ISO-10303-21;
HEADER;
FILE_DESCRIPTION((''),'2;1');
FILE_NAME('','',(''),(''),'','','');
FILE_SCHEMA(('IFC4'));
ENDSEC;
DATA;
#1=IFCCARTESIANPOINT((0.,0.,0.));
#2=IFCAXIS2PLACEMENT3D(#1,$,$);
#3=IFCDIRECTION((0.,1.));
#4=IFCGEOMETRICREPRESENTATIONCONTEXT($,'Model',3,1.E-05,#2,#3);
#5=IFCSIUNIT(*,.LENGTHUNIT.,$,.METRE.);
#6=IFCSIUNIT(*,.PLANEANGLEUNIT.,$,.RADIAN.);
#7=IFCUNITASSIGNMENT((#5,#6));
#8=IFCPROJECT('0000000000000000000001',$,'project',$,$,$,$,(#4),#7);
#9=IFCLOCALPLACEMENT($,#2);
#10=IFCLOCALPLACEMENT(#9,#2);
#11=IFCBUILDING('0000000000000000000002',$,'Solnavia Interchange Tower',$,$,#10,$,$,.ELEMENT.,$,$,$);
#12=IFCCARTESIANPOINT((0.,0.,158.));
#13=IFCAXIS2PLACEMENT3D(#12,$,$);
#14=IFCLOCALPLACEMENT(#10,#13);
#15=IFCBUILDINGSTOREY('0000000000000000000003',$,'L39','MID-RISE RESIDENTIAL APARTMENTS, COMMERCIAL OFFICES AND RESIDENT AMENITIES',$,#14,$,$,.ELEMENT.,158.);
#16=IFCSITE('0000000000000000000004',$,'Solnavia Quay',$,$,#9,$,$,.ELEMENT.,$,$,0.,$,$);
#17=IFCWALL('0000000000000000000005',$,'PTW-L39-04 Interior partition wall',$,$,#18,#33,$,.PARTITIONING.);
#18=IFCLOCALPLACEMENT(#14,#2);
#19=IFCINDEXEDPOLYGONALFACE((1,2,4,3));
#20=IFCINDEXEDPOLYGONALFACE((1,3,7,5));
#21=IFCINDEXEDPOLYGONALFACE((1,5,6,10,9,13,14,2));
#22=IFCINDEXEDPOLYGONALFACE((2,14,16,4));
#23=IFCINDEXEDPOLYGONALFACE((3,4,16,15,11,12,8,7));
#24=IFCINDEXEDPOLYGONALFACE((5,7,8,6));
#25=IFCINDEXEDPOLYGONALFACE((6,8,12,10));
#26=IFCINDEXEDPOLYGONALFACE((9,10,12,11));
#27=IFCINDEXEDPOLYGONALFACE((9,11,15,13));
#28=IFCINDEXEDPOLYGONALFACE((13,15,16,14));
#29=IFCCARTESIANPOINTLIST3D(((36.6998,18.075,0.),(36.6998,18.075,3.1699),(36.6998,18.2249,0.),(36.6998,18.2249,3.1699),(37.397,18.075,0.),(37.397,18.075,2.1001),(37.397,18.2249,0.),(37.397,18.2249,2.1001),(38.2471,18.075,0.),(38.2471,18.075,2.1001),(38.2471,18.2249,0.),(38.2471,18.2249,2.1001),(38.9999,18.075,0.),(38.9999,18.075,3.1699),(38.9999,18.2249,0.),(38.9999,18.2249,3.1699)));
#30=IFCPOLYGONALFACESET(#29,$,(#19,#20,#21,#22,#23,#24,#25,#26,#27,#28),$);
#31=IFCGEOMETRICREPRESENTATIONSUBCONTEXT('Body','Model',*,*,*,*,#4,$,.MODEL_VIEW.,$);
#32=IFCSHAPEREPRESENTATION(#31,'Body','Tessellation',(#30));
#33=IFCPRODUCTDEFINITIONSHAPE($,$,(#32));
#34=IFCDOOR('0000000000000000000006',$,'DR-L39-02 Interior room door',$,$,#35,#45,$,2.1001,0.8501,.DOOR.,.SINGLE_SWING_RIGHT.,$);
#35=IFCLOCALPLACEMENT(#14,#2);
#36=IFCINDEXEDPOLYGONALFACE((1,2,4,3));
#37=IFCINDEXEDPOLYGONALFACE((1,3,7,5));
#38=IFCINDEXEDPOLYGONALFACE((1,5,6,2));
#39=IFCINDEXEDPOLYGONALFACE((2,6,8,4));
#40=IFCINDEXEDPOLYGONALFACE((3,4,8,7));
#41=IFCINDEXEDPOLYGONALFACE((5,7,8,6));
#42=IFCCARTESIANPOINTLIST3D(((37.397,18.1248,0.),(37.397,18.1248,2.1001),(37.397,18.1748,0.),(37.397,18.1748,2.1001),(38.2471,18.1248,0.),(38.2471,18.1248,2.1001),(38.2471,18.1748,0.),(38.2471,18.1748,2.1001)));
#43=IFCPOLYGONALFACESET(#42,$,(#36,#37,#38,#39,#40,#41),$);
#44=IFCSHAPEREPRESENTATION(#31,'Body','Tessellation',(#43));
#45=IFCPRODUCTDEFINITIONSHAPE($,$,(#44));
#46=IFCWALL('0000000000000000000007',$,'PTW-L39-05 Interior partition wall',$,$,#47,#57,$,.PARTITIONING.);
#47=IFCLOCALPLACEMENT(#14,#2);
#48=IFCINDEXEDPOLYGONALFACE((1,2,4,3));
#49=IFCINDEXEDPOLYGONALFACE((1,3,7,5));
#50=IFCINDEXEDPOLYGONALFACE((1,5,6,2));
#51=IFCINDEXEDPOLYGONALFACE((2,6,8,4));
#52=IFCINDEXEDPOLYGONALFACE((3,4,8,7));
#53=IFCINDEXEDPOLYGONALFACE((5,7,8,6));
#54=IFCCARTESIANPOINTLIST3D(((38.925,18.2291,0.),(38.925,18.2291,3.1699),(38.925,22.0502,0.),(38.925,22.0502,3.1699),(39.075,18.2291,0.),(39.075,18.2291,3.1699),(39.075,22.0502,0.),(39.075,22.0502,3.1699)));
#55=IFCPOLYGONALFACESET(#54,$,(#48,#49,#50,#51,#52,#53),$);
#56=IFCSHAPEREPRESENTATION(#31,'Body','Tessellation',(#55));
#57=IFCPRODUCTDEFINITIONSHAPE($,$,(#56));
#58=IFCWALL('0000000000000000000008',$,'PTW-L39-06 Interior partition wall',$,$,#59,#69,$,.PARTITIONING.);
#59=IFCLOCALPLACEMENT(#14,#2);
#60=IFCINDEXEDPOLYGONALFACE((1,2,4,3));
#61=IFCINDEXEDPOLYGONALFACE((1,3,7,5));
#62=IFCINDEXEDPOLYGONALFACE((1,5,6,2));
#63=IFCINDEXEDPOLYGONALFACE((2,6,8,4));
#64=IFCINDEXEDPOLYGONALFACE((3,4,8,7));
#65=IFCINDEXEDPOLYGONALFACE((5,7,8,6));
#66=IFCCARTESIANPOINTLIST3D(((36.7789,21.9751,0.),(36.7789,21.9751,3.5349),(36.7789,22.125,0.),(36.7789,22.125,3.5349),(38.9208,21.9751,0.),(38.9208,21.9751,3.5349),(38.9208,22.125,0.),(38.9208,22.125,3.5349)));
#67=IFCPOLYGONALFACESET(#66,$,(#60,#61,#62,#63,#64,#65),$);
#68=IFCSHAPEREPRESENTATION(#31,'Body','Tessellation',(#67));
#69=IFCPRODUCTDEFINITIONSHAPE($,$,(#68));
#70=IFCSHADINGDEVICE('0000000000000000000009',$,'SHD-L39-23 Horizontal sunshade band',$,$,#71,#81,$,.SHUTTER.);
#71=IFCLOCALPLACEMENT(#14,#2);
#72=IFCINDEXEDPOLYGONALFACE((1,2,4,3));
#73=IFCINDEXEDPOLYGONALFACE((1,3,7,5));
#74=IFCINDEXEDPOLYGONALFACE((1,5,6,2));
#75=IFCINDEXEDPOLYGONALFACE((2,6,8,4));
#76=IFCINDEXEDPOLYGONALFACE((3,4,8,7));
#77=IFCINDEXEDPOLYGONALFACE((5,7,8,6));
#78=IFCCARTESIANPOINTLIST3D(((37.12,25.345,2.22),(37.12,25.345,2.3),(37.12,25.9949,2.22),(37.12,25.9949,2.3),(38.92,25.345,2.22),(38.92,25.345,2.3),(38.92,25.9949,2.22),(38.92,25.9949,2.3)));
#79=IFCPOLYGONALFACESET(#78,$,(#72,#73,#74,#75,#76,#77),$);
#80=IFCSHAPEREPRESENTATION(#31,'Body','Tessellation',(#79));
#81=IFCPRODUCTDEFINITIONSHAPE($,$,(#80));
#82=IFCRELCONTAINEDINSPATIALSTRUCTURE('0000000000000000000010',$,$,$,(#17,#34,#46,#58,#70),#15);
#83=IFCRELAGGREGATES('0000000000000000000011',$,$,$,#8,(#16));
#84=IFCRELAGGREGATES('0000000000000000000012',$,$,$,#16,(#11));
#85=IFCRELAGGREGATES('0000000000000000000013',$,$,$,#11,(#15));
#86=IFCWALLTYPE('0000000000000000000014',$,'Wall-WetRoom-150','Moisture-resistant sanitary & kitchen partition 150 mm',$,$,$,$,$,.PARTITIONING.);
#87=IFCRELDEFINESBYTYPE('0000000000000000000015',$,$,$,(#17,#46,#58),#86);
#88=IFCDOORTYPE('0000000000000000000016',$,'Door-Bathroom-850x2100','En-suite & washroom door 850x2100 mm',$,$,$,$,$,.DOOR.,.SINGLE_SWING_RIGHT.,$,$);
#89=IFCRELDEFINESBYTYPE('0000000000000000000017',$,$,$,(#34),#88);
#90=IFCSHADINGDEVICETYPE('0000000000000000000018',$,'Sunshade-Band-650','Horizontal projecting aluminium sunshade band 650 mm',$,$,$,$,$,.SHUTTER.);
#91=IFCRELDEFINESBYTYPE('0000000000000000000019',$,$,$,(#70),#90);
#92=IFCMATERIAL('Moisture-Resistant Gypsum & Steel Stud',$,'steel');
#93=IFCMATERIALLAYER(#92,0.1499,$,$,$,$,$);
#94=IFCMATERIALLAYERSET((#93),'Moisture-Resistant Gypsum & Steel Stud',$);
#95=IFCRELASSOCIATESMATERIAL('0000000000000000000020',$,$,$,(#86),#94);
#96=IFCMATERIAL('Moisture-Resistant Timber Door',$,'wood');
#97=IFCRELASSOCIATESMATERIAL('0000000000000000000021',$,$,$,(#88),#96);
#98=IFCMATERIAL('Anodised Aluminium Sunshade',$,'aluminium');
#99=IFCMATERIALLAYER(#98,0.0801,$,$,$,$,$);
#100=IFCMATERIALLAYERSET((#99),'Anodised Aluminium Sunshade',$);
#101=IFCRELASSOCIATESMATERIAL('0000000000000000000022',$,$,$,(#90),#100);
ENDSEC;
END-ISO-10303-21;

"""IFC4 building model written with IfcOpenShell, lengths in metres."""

from ifc_helpers import new_model, si_unit, direction, frame, frame_2d, origin, origin_2d, place, context, subcontext, project, spatial, rectangle, extrude, material, layer, layer_set, type_object, element, fill, save


model = new_model("IFC4")

# Units and contexts
model_context = context("Model", 3, precision=1e-05, world=origin(), true_north=direction((0.0, 1.0)))
body_context = subcontext(model_context, "Body", "Model", "MODEL_VIEW")
ifc_project = project(units=[si_unit("LENGTHUNIT", "METRE"), si_unit("PLANEANGLEUNIT", "RADIAN")], contexts=[model_context])

# Site, building, storey
site_placement = place(None, origin())
site = spatial("IfcSite", under=ifc_project, at=site_placement, Name="Solnavia Quay", CompositionType="ELEMENT", RefElevation=0.0)
building_placement = place(site_placement, origin())
building = spatial("IfcBuilding", under=site, at=building_placement, Name="Solnavia Interchange Tower", CompositionType="ELEMENT")
storey_placement = place(building_placement, frame((0.0, 0.0, 158.0)))
storey = spatial("IfcBuildingStorey", under=building, at=storey_placement, Name="L39", Description="MID-RISE RESIDENTIAL APARTMENTS, COMMERCIAL OFFICES AND RESIDENT AMENITIES", CompositionType="ELEMENT", Elevation=158.0)

# Shared definitions
ifc_material_1 = material(Name="Moisture-Resistant Gypsum & Steel Stud", Category="steel")
ifc_layer_1 = layer(ifc_material_1, 0.1499)
ifc_layer_set_1 = layer_set([ifc_layer_1], Name="Moisture-Resistant Gypsum & Steel Stud")
wall_type_1 = type_object("IfcWallType", Name="Wall-WetRoom-150", Description="Moisture-resistant sanitary & kitchen partition 150 mm", PredefinedType="PARTITIONING", material=ifc_layer_set_1)

# Wall, opening, door
wall_1_placement = place(storey_placement, frame((36.7, 18.1499, 0.0), z_axis=(0.0, 0.0, 1.0), x_axis=(1.0, 0.0, 0.0)))
wall_1 = element("IfcWall", 1, at=wall_1_placement, inside=storey, type_object=wall_type_1, Name="PTW-L39-04 Interior partition wall", PredefinedType="PARTITIONING", context=body_context, shape_type="SweptSolid", body=[
    extrude(rectangle(XDim=2.3, YDim=0.1499, at=frame_2d((1.1499, 0.0))), origin(), (0.0, 0.0, 1.0), 3.1699),
])
opening_1_placement = place(wall_1_placement, frame((0.697, 0.0, 0.0)))
opening_1 = element("IfcOpeningElement", 2, at=opening_1_placement, cuts=wall_1, PredefinedType="OPENING", context=body_context, shape_type="SweptSolid", body=[
    extrude(rectangle(XDim=0.8501, YDim=2.1001, at=frame_2d((0.425, 1.05))), frame((0.0, 0.085, 0.0), z_axis=(0.0, -1.0, 0.0), x_axis=(1.0, 0.0, 0.0)), (0.0, 0.0, 1.0), 0.1699),
])
ifc_material_2 = material(Name="Moisture-Resistant Timber Door", Category="wood")
door_type_1 = type_object("IfcDoorType", Name="Door-Bathroom-850x2100", Description="En-suite & washroom door 850x2100 mm", OperationType="SINGLE_SWING_RIGHT", PredefinedType="DOOR", material=ifc_material_2)
door_1_placement = place(opening_1_placement, origin())
door_1 = element("IfcDoor", 3, at=door_1_placement, inside=storey, type_object=door_type_1, Name="DR-L39-02 Interior room door", OperationType="SINGLE_SWING_RIGHT", OverallHeight=2.1001, OverallWidth=0.8501, PredefinedType="DOOR", context=body_context, shape_type="SweptSolid", body=[
    extrude(rectangle(XDim=0.8501, YDim=2.1001, at=frame_2d((0.425, 1.05))), frame((0.0, 0.0249, 0.0), z_axis=(0.0, -1.0, 0.0), x_axis=(1.0, 0.0, 0.0)), (0.0, 0.0, 1.0), 0.05),
])
fill(opening_1, door_1)

# Walls
wall_2_placement = place(storey_placement, frame((39.0, 18.229, 0.0), z_axis=(0.0, 0.0, 1.0), x_axis=(0.0, 1.0, 0.0)))
element("IfcWall", 4, at=wall_2_placement, inside=storey, type_object=wall_type_1, Name="PTW-L39-05 Interior partition wall", PredefinedType="PARTITIONING", context=body_context, shape_type="SweptSolid", body=[
    extrude(rectangle(XDim=3.821, YDim=0.1499, at=frame_2d((1.9106, 0.0))), origin(), (0.0, 0.0, 1.0), 3.1699),
])
wall_3_placement = place(storey_placement, frame((36.7791, 22.05, 0.0), z_axis=(0.0, 0.0, 1.0), x_axis=(1.0, 0.0, 0.0)))
element("IfcWall", 5, at=wall_3_placement, inside=storey, type_object=wall_type_1, Name="PTW-L39-06 Interior partition wall", PredefinedType="PARTITIONING", context=body_context, shape_type="SweptSolid", body=[
    extrude(rectangle(XDim=2.1418, YDim=0.1499, at=frame_2d((1.0708, 0.0))), origin(), (0.0, 0.0, 1.0), 3.5349),
])

# Shading device
ifc_material_3 = material(Name="Anodised Aluminium Sunshade", Category="aluminium")
ifc_layer_2 = layer(ifc_material_3, 0.0801)
ifc_layer_set_2 = layer_set([ifc_layer_2], Name="Anodised Aluminium Sunshade")
shading_device_type = type_object("IfcShadingDeviceType", Name="Sunshade-Band-650", Description="Horizontal projecting aluminium sunshade band 650 mm", PredefinedType="SHUTTER", material=ifc_layer_set_2)
shading_device_placement = place(storey_placement, frame((38.02, 25.6699, 2.22), z_axis=(0.0, 0.0, 1.0), x_axis=(1.0, 0.0, 0.0)))
element("IfcShadingDevice", 6, at=shading_device_placement, inside=storey, type_object=shading_device_type, Name="SHD-L39-23 Horizontal sunshade band", PredefinedType="SHUTTER", context=body_context, shape_type="SweptSolid", body=[
    extrude(rectangle(XDim=1.8, YDim=0.6499, at=origin_2d()), origin(), (0.0, 0.0, 1.0), 0.0801),
])

save(model, "model.ifc")
